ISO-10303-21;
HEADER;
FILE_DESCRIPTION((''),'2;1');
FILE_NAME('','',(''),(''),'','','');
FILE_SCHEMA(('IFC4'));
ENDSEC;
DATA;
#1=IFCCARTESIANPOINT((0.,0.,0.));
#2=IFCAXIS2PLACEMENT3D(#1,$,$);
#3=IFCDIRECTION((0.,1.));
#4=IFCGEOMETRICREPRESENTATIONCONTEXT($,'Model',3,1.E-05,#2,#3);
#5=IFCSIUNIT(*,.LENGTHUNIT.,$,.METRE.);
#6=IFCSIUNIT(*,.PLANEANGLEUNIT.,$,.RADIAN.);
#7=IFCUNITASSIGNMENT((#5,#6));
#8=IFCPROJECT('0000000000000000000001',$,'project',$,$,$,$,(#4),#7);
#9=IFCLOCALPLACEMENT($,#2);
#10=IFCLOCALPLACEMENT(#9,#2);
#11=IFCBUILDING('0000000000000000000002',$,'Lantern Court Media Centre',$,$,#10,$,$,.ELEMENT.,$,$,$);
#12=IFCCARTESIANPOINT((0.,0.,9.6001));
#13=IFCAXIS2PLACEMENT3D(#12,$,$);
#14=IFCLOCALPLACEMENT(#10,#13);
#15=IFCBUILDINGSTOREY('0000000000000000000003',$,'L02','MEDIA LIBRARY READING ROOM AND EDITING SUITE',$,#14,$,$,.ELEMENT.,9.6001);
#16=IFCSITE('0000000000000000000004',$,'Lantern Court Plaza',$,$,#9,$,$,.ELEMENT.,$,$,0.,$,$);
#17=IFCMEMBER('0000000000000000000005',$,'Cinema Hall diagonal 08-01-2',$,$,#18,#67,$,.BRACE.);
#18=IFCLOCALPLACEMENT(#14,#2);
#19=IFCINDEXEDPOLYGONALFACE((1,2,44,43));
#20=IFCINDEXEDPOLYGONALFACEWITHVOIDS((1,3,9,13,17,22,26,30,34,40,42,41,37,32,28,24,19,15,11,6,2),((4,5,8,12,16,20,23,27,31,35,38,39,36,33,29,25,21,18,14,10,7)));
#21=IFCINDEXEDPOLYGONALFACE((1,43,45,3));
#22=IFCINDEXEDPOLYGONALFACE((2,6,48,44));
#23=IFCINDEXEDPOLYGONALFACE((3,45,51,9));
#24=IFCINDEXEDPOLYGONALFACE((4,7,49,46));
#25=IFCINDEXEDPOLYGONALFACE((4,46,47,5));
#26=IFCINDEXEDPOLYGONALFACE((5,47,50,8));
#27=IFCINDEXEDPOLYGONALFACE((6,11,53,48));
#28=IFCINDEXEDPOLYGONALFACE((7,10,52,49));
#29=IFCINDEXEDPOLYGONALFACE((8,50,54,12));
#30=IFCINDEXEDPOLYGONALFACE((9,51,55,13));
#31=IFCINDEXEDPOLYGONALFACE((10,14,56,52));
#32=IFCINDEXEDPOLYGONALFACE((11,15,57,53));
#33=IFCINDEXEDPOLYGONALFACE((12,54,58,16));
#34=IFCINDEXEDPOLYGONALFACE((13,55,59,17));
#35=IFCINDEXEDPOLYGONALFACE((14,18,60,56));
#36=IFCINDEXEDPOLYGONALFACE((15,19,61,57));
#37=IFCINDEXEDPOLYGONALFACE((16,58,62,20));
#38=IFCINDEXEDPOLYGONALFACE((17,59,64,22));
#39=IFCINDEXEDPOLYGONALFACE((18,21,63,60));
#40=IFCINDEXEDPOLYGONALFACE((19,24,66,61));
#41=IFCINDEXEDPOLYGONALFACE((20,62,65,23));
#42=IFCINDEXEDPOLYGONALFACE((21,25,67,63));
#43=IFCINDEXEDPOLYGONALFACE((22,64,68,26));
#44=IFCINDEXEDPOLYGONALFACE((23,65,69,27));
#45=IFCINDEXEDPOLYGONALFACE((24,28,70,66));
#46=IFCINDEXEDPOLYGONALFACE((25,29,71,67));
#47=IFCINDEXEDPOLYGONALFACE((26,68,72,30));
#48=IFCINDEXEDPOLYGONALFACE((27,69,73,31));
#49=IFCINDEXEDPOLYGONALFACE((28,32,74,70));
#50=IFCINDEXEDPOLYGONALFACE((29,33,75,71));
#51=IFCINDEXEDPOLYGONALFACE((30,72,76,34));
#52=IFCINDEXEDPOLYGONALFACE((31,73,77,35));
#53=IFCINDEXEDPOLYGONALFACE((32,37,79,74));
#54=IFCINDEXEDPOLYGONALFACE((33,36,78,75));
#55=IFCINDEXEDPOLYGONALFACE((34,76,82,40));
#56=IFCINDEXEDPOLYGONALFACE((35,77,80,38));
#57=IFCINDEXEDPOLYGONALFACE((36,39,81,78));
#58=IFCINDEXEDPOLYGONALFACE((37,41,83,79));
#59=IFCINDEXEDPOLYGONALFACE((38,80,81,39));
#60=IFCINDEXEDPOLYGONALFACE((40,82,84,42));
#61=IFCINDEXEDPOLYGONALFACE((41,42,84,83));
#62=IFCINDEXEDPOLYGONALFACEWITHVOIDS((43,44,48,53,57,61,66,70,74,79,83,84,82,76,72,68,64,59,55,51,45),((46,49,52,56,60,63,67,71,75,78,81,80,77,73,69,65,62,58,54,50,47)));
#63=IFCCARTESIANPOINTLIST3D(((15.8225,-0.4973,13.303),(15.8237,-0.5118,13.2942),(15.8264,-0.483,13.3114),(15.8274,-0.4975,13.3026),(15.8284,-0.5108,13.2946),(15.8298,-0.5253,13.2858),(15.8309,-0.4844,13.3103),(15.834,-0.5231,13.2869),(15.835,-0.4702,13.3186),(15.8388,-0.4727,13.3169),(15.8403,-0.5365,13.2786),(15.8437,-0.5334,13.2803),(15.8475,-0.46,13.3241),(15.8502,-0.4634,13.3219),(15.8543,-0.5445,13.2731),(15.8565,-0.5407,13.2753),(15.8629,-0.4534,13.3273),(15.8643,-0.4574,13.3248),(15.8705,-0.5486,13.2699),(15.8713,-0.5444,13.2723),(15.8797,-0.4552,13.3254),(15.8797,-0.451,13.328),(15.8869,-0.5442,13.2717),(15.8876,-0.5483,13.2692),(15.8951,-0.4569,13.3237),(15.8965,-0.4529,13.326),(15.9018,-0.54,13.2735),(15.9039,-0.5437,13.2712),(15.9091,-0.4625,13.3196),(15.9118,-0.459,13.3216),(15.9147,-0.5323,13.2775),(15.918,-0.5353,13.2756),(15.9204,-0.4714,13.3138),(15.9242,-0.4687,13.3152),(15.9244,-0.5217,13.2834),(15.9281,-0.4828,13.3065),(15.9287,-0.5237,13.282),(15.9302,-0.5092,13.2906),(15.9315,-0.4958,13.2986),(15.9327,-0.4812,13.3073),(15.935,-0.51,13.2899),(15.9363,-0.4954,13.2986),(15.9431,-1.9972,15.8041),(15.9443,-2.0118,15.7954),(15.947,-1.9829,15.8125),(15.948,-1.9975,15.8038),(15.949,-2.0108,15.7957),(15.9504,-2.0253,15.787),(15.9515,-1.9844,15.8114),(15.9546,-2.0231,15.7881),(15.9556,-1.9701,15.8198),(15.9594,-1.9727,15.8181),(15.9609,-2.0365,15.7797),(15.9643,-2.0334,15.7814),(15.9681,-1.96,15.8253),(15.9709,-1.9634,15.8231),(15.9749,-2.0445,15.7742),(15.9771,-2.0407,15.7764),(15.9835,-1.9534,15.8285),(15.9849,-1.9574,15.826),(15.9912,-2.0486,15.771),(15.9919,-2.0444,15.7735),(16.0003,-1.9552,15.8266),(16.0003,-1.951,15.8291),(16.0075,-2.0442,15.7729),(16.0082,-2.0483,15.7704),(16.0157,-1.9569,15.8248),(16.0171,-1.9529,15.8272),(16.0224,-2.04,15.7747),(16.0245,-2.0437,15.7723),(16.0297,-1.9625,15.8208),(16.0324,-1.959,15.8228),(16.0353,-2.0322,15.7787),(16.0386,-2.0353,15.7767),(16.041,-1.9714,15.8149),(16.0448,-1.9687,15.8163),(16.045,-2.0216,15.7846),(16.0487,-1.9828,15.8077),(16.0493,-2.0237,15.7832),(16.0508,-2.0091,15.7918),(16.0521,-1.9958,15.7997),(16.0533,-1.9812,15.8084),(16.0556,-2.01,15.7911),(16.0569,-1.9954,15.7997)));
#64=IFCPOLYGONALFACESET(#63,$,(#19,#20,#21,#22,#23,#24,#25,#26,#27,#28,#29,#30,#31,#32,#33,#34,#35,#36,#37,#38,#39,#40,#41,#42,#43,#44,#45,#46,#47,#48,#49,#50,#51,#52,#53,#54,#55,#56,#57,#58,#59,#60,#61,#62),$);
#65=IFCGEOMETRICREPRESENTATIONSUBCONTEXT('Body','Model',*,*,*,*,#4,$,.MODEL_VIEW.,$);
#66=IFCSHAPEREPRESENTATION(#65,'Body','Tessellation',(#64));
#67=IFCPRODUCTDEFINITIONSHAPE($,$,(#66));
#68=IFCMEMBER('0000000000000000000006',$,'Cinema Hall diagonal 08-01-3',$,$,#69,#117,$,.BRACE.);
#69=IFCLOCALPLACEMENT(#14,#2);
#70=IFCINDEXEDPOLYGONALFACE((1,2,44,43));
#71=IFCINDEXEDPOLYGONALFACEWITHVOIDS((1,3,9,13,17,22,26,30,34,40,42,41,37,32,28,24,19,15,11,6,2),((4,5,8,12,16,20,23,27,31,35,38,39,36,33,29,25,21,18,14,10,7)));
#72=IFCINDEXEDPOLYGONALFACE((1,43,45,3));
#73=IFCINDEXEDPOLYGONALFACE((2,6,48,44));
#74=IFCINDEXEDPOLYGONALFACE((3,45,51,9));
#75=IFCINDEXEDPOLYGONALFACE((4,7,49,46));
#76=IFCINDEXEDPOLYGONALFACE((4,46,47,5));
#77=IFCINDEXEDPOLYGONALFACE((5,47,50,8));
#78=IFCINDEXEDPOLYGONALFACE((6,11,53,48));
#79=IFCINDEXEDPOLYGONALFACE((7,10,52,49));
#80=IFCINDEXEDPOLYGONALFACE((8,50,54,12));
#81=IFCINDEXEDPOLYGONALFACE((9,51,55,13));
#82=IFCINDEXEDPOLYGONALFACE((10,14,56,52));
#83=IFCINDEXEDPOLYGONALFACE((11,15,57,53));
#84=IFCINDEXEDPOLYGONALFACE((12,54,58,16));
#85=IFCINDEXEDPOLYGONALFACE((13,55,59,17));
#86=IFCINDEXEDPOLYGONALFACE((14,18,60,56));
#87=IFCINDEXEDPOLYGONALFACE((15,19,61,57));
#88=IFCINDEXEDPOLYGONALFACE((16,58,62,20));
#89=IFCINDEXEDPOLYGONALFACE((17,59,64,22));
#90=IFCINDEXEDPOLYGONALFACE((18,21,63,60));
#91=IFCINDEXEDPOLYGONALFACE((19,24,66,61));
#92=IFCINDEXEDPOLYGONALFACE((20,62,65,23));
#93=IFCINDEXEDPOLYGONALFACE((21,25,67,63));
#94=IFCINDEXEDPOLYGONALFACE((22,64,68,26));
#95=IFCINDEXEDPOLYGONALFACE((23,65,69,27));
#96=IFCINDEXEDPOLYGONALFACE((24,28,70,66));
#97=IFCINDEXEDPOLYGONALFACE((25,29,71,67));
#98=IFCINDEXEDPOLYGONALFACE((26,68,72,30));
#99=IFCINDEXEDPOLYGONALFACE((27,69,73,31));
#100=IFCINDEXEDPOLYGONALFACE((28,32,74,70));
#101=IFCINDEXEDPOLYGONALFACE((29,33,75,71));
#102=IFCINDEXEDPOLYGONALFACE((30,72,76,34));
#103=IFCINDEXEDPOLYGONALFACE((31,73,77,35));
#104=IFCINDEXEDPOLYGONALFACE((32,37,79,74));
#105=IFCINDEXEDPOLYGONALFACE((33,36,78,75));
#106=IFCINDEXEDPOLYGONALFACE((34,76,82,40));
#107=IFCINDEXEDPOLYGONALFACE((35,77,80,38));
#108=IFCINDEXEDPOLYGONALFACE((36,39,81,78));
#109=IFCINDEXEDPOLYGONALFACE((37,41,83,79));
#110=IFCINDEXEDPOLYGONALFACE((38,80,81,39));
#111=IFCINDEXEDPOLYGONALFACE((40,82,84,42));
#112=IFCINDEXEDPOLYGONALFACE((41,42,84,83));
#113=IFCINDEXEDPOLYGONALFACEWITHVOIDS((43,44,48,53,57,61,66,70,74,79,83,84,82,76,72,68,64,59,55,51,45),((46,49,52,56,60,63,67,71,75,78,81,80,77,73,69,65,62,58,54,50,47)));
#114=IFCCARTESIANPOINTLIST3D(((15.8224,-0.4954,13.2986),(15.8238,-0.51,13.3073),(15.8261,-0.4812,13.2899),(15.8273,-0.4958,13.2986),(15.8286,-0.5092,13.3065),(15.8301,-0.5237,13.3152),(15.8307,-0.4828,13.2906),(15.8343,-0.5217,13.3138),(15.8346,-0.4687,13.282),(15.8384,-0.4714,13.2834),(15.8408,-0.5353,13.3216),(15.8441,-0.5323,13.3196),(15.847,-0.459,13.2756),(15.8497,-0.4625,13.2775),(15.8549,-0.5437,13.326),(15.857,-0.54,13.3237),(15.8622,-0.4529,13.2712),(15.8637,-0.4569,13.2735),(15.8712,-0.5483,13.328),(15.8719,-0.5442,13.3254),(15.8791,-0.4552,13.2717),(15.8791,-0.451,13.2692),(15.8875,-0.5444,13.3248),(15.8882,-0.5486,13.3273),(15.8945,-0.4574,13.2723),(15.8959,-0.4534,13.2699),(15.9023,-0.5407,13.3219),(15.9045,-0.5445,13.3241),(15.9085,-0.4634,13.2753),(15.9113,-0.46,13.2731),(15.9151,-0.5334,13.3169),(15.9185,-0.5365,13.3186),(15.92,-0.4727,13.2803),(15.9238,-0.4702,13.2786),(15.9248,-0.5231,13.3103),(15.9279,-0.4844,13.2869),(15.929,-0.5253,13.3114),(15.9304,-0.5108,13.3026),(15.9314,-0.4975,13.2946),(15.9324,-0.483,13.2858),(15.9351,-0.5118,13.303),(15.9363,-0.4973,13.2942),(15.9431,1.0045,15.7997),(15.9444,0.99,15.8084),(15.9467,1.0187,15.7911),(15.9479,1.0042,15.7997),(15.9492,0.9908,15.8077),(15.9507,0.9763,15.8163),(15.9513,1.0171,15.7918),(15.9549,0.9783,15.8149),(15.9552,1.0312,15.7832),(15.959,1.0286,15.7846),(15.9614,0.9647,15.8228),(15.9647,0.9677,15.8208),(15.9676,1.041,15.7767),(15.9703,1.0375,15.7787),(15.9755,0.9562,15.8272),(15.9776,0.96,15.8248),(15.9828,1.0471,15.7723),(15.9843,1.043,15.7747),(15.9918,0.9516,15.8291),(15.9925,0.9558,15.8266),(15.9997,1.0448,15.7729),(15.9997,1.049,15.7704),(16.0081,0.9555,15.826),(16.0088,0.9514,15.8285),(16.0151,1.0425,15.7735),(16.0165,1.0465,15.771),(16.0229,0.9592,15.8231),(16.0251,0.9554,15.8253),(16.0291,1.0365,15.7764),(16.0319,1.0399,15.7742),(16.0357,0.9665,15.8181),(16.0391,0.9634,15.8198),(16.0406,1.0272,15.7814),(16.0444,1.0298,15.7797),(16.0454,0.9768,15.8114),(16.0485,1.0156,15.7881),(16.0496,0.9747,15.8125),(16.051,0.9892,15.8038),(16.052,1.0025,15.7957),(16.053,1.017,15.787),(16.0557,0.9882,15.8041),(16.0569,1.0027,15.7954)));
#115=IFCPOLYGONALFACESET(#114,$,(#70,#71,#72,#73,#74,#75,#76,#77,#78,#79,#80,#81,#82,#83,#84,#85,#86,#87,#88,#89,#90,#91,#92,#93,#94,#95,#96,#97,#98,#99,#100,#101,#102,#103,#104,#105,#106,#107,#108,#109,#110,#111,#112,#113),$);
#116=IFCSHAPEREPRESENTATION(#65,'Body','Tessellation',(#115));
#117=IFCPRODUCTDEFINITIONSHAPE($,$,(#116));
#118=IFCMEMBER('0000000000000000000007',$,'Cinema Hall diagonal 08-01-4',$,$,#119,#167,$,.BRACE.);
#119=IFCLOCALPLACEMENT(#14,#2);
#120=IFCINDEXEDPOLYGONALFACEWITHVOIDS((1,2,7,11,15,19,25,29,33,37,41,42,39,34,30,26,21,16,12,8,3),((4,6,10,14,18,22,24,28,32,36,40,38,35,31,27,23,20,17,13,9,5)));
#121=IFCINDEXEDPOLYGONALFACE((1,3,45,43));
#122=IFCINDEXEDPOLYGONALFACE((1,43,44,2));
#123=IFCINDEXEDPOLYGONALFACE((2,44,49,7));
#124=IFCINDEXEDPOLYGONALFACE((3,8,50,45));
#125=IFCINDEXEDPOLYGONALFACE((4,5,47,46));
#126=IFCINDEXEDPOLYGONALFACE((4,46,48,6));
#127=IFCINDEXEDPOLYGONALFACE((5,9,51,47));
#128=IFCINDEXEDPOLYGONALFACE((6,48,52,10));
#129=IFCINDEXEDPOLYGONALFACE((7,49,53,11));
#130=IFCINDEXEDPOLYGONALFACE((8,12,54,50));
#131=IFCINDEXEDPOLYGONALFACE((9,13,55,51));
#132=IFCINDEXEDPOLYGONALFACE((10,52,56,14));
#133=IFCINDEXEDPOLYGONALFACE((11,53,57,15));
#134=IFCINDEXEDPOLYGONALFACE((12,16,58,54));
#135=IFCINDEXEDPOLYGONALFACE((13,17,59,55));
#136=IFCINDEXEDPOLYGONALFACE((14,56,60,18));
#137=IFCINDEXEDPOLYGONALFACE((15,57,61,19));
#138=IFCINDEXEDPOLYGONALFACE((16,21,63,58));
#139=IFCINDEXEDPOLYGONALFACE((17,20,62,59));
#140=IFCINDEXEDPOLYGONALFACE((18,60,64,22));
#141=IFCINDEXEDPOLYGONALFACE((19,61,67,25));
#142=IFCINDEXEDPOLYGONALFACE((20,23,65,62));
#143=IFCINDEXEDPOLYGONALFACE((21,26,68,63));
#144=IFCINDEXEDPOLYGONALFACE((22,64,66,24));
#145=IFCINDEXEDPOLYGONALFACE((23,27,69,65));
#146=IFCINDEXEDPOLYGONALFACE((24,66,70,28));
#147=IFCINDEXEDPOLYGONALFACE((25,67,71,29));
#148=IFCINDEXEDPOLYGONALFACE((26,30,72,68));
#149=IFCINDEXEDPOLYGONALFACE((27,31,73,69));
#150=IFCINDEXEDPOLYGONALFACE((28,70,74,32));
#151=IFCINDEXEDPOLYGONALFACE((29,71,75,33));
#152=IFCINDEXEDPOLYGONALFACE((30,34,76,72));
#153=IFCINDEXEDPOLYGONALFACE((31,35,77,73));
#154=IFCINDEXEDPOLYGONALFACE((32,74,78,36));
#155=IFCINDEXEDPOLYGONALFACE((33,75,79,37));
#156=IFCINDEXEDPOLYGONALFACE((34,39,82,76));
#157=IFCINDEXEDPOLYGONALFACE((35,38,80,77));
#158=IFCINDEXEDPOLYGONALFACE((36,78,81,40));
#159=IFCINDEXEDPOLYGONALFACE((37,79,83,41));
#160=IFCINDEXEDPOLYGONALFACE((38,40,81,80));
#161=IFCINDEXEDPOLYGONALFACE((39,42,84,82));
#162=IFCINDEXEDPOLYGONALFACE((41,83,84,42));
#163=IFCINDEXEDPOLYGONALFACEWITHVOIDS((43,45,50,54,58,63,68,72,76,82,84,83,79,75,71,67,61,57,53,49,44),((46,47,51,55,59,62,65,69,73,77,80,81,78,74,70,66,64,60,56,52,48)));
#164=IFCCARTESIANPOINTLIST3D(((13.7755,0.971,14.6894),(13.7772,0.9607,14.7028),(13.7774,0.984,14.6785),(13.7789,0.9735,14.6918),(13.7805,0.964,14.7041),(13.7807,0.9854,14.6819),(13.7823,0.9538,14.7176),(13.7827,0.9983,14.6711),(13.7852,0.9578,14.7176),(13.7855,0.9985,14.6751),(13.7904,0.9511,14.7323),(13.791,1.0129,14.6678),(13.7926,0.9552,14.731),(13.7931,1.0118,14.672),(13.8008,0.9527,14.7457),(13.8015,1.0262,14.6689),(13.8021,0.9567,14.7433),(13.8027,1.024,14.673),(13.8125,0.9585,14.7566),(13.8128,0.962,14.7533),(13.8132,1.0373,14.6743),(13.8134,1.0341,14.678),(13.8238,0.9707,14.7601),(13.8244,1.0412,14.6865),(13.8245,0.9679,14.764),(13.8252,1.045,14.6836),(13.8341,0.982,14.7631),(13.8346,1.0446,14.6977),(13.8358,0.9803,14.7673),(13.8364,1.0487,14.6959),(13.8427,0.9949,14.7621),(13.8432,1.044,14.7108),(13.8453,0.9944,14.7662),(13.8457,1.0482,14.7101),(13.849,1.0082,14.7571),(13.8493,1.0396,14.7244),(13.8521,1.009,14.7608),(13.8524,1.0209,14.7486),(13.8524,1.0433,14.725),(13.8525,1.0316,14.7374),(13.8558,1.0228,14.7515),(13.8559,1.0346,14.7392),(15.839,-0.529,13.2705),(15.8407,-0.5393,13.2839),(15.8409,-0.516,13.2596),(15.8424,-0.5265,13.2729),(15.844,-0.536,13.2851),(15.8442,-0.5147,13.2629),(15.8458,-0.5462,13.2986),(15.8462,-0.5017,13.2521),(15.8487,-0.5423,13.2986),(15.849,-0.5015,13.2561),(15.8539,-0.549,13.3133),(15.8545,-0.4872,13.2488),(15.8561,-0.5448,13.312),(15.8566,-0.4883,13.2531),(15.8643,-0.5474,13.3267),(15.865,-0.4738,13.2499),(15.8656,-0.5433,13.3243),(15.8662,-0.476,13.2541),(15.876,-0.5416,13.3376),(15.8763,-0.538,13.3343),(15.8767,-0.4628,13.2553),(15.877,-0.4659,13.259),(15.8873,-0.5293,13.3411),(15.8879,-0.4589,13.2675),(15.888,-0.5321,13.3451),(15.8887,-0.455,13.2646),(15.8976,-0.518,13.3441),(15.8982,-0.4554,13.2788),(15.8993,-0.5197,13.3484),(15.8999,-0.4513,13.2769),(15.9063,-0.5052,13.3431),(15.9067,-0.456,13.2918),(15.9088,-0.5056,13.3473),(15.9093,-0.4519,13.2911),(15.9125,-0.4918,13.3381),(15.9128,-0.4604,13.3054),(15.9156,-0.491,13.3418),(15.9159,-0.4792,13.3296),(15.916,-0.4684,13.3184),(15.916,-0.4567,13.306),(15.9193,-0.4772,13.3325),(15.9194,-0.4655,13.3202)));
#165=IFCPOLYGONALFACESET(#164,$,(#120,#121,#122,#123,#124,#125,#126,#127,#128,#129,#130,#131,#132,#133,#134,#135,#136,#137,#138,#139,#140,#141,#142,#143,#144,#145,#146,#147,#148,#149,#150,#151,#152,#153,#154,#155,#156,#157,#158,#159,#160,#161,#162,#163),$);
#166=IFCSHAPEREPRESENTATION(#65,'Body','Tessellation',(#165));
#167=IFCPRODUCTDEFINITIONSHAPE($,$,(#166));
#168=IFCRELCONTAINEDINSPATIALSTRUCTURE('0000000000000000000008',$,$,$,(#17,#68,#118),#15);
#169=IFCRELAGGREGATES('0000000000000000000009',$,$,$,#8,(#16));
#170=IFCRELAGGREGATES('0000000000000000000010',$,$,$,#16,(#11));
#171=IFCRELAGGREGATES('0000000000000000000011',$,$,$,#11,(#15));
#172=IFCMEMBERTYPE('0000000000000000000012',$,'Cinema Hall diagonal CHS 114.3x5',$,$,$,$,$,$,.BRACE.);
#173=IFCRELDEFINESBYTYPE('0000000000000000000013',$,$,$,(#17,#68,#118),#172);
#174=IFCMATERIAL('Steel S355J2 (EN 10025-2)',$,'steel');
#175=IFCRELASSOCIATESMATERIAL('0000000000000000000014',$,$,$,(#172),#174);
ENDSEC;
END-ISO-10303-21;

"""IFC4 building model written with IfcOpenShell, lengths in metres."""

from ifc_helpers import new_model, si_unit, direction, frame, origin, origin_2d, place, context, subcontext, project, spatial, hollow_circle, extrude, material, material_profile, profile_set, type_object, element, save


model = new_model("IFC4")

# Units and contexts
model_context = context("Model", 3, precision=1e-05, world=origin(), true_north=direction((0.0, 1.0)))
body_context = subcontext(model_context, "Body", "Model", "MODEL_VIEW")
ifc_project = project(units=[si_unit("LENGTHUNIT", "METRE"), si_unit("PLANEANGLEUNIT", "RADIAN")], contexts=[model_context])

# Site, building, storey
site_placement = place(None, origin())
site = spatial("IfcSite", under=ifc_project, at=site_placement, Name="Lantern Court Plaza", CompositionType="ELEMENT", RefElevation=0.0)
building_placement = place(site_placement, origin())
building = spatial("IfcBuilding", under=site, at=building_placement, Name="Lantern Court Media Centre", CompositionType="ELEMENT")
storey_placement = place(building_placement, frame((0.0, 0.0, 9.6001)))
storey = spatial("IfcBuildingStorey", under=building, at=storey_placement, Name="L02", Description="MEDIA LIBRARY READING ROOM AND EDITING SUITE", CompositionType="ELEMENT", Elevation=9.6001)

# Members
ifc_material = material(Name="Steel S355J2 (EN 10025-2)", Category="steel")
ifc_material_profile_1 = material_profile(ifc_material, hollow_circle(Radius=0.0571, WallThickness=0.0049, at=origin_2d()), Name="Cinema Hall diagonal CHS 114.3x5")
ifc_profile_set_1 = profile_set([ifc_material_profile_1], Name="Steel S355J2 (EN 10025-2)")
member_type_1 = type_object("IfcMemberType", Name="Cinema Hall diagonal CHS 114.3x5", PredefinedType="BRACE", material=ifc_profile_set_1)
for number, where, z_axis, x_axis, name in (
    (1, (15.8794, -0.5, 13.2986), (0.041317, -0.513872, 0.856871), (0.996783, 0.080145, 0.0), "Cinema Hall diagonal 08-01-2"),
    (2, (15.8794, -0.5, 13.2986), (0.041317, 0.513872, 0.856871), (-0.996783, 0.080145, 0.0), "Cinema Hall diagonal 08-01-3"),
):
    element("IfcMember", number, at=place(storey_placement, frame(where, z_axis=z_axis, x_axis=x_axis)), inside=storey, type_object=member_type_1, Name=name, PredefinedType="BRACE", context=body_context, shape_type="SweptSolid", body=[
        extrude(hollow_circle(Radius=0.0571, WallThickness=0.0049, at=origin_2d()), origin(), (0.0, 0.0, 1.0), 2.9189),
    ])
member_1_placement = place(storey_placement, frame((15.8794, -0.5, 13.2986), z_axis=(-0.70688, 0.513851, 0.486084), x_axis=(-0.58799, -0.808868, 0.0)))
element("IfcMember", 3, at=member_1_placement, inside=storey, type_object=member_type_1, Name="Cinema Hall diagonal 08-01-4", PredefinedType="BRACE", context=body_context, shape_type="SweptSolid", body=[
    extrude(hollow_circle(Radius=0.0571, WallThickness=0.0049, at=origin_2d()), origin(), (0.0, 0.0, 1.0), 2.9192),
])

save(model, "model.ifc")
